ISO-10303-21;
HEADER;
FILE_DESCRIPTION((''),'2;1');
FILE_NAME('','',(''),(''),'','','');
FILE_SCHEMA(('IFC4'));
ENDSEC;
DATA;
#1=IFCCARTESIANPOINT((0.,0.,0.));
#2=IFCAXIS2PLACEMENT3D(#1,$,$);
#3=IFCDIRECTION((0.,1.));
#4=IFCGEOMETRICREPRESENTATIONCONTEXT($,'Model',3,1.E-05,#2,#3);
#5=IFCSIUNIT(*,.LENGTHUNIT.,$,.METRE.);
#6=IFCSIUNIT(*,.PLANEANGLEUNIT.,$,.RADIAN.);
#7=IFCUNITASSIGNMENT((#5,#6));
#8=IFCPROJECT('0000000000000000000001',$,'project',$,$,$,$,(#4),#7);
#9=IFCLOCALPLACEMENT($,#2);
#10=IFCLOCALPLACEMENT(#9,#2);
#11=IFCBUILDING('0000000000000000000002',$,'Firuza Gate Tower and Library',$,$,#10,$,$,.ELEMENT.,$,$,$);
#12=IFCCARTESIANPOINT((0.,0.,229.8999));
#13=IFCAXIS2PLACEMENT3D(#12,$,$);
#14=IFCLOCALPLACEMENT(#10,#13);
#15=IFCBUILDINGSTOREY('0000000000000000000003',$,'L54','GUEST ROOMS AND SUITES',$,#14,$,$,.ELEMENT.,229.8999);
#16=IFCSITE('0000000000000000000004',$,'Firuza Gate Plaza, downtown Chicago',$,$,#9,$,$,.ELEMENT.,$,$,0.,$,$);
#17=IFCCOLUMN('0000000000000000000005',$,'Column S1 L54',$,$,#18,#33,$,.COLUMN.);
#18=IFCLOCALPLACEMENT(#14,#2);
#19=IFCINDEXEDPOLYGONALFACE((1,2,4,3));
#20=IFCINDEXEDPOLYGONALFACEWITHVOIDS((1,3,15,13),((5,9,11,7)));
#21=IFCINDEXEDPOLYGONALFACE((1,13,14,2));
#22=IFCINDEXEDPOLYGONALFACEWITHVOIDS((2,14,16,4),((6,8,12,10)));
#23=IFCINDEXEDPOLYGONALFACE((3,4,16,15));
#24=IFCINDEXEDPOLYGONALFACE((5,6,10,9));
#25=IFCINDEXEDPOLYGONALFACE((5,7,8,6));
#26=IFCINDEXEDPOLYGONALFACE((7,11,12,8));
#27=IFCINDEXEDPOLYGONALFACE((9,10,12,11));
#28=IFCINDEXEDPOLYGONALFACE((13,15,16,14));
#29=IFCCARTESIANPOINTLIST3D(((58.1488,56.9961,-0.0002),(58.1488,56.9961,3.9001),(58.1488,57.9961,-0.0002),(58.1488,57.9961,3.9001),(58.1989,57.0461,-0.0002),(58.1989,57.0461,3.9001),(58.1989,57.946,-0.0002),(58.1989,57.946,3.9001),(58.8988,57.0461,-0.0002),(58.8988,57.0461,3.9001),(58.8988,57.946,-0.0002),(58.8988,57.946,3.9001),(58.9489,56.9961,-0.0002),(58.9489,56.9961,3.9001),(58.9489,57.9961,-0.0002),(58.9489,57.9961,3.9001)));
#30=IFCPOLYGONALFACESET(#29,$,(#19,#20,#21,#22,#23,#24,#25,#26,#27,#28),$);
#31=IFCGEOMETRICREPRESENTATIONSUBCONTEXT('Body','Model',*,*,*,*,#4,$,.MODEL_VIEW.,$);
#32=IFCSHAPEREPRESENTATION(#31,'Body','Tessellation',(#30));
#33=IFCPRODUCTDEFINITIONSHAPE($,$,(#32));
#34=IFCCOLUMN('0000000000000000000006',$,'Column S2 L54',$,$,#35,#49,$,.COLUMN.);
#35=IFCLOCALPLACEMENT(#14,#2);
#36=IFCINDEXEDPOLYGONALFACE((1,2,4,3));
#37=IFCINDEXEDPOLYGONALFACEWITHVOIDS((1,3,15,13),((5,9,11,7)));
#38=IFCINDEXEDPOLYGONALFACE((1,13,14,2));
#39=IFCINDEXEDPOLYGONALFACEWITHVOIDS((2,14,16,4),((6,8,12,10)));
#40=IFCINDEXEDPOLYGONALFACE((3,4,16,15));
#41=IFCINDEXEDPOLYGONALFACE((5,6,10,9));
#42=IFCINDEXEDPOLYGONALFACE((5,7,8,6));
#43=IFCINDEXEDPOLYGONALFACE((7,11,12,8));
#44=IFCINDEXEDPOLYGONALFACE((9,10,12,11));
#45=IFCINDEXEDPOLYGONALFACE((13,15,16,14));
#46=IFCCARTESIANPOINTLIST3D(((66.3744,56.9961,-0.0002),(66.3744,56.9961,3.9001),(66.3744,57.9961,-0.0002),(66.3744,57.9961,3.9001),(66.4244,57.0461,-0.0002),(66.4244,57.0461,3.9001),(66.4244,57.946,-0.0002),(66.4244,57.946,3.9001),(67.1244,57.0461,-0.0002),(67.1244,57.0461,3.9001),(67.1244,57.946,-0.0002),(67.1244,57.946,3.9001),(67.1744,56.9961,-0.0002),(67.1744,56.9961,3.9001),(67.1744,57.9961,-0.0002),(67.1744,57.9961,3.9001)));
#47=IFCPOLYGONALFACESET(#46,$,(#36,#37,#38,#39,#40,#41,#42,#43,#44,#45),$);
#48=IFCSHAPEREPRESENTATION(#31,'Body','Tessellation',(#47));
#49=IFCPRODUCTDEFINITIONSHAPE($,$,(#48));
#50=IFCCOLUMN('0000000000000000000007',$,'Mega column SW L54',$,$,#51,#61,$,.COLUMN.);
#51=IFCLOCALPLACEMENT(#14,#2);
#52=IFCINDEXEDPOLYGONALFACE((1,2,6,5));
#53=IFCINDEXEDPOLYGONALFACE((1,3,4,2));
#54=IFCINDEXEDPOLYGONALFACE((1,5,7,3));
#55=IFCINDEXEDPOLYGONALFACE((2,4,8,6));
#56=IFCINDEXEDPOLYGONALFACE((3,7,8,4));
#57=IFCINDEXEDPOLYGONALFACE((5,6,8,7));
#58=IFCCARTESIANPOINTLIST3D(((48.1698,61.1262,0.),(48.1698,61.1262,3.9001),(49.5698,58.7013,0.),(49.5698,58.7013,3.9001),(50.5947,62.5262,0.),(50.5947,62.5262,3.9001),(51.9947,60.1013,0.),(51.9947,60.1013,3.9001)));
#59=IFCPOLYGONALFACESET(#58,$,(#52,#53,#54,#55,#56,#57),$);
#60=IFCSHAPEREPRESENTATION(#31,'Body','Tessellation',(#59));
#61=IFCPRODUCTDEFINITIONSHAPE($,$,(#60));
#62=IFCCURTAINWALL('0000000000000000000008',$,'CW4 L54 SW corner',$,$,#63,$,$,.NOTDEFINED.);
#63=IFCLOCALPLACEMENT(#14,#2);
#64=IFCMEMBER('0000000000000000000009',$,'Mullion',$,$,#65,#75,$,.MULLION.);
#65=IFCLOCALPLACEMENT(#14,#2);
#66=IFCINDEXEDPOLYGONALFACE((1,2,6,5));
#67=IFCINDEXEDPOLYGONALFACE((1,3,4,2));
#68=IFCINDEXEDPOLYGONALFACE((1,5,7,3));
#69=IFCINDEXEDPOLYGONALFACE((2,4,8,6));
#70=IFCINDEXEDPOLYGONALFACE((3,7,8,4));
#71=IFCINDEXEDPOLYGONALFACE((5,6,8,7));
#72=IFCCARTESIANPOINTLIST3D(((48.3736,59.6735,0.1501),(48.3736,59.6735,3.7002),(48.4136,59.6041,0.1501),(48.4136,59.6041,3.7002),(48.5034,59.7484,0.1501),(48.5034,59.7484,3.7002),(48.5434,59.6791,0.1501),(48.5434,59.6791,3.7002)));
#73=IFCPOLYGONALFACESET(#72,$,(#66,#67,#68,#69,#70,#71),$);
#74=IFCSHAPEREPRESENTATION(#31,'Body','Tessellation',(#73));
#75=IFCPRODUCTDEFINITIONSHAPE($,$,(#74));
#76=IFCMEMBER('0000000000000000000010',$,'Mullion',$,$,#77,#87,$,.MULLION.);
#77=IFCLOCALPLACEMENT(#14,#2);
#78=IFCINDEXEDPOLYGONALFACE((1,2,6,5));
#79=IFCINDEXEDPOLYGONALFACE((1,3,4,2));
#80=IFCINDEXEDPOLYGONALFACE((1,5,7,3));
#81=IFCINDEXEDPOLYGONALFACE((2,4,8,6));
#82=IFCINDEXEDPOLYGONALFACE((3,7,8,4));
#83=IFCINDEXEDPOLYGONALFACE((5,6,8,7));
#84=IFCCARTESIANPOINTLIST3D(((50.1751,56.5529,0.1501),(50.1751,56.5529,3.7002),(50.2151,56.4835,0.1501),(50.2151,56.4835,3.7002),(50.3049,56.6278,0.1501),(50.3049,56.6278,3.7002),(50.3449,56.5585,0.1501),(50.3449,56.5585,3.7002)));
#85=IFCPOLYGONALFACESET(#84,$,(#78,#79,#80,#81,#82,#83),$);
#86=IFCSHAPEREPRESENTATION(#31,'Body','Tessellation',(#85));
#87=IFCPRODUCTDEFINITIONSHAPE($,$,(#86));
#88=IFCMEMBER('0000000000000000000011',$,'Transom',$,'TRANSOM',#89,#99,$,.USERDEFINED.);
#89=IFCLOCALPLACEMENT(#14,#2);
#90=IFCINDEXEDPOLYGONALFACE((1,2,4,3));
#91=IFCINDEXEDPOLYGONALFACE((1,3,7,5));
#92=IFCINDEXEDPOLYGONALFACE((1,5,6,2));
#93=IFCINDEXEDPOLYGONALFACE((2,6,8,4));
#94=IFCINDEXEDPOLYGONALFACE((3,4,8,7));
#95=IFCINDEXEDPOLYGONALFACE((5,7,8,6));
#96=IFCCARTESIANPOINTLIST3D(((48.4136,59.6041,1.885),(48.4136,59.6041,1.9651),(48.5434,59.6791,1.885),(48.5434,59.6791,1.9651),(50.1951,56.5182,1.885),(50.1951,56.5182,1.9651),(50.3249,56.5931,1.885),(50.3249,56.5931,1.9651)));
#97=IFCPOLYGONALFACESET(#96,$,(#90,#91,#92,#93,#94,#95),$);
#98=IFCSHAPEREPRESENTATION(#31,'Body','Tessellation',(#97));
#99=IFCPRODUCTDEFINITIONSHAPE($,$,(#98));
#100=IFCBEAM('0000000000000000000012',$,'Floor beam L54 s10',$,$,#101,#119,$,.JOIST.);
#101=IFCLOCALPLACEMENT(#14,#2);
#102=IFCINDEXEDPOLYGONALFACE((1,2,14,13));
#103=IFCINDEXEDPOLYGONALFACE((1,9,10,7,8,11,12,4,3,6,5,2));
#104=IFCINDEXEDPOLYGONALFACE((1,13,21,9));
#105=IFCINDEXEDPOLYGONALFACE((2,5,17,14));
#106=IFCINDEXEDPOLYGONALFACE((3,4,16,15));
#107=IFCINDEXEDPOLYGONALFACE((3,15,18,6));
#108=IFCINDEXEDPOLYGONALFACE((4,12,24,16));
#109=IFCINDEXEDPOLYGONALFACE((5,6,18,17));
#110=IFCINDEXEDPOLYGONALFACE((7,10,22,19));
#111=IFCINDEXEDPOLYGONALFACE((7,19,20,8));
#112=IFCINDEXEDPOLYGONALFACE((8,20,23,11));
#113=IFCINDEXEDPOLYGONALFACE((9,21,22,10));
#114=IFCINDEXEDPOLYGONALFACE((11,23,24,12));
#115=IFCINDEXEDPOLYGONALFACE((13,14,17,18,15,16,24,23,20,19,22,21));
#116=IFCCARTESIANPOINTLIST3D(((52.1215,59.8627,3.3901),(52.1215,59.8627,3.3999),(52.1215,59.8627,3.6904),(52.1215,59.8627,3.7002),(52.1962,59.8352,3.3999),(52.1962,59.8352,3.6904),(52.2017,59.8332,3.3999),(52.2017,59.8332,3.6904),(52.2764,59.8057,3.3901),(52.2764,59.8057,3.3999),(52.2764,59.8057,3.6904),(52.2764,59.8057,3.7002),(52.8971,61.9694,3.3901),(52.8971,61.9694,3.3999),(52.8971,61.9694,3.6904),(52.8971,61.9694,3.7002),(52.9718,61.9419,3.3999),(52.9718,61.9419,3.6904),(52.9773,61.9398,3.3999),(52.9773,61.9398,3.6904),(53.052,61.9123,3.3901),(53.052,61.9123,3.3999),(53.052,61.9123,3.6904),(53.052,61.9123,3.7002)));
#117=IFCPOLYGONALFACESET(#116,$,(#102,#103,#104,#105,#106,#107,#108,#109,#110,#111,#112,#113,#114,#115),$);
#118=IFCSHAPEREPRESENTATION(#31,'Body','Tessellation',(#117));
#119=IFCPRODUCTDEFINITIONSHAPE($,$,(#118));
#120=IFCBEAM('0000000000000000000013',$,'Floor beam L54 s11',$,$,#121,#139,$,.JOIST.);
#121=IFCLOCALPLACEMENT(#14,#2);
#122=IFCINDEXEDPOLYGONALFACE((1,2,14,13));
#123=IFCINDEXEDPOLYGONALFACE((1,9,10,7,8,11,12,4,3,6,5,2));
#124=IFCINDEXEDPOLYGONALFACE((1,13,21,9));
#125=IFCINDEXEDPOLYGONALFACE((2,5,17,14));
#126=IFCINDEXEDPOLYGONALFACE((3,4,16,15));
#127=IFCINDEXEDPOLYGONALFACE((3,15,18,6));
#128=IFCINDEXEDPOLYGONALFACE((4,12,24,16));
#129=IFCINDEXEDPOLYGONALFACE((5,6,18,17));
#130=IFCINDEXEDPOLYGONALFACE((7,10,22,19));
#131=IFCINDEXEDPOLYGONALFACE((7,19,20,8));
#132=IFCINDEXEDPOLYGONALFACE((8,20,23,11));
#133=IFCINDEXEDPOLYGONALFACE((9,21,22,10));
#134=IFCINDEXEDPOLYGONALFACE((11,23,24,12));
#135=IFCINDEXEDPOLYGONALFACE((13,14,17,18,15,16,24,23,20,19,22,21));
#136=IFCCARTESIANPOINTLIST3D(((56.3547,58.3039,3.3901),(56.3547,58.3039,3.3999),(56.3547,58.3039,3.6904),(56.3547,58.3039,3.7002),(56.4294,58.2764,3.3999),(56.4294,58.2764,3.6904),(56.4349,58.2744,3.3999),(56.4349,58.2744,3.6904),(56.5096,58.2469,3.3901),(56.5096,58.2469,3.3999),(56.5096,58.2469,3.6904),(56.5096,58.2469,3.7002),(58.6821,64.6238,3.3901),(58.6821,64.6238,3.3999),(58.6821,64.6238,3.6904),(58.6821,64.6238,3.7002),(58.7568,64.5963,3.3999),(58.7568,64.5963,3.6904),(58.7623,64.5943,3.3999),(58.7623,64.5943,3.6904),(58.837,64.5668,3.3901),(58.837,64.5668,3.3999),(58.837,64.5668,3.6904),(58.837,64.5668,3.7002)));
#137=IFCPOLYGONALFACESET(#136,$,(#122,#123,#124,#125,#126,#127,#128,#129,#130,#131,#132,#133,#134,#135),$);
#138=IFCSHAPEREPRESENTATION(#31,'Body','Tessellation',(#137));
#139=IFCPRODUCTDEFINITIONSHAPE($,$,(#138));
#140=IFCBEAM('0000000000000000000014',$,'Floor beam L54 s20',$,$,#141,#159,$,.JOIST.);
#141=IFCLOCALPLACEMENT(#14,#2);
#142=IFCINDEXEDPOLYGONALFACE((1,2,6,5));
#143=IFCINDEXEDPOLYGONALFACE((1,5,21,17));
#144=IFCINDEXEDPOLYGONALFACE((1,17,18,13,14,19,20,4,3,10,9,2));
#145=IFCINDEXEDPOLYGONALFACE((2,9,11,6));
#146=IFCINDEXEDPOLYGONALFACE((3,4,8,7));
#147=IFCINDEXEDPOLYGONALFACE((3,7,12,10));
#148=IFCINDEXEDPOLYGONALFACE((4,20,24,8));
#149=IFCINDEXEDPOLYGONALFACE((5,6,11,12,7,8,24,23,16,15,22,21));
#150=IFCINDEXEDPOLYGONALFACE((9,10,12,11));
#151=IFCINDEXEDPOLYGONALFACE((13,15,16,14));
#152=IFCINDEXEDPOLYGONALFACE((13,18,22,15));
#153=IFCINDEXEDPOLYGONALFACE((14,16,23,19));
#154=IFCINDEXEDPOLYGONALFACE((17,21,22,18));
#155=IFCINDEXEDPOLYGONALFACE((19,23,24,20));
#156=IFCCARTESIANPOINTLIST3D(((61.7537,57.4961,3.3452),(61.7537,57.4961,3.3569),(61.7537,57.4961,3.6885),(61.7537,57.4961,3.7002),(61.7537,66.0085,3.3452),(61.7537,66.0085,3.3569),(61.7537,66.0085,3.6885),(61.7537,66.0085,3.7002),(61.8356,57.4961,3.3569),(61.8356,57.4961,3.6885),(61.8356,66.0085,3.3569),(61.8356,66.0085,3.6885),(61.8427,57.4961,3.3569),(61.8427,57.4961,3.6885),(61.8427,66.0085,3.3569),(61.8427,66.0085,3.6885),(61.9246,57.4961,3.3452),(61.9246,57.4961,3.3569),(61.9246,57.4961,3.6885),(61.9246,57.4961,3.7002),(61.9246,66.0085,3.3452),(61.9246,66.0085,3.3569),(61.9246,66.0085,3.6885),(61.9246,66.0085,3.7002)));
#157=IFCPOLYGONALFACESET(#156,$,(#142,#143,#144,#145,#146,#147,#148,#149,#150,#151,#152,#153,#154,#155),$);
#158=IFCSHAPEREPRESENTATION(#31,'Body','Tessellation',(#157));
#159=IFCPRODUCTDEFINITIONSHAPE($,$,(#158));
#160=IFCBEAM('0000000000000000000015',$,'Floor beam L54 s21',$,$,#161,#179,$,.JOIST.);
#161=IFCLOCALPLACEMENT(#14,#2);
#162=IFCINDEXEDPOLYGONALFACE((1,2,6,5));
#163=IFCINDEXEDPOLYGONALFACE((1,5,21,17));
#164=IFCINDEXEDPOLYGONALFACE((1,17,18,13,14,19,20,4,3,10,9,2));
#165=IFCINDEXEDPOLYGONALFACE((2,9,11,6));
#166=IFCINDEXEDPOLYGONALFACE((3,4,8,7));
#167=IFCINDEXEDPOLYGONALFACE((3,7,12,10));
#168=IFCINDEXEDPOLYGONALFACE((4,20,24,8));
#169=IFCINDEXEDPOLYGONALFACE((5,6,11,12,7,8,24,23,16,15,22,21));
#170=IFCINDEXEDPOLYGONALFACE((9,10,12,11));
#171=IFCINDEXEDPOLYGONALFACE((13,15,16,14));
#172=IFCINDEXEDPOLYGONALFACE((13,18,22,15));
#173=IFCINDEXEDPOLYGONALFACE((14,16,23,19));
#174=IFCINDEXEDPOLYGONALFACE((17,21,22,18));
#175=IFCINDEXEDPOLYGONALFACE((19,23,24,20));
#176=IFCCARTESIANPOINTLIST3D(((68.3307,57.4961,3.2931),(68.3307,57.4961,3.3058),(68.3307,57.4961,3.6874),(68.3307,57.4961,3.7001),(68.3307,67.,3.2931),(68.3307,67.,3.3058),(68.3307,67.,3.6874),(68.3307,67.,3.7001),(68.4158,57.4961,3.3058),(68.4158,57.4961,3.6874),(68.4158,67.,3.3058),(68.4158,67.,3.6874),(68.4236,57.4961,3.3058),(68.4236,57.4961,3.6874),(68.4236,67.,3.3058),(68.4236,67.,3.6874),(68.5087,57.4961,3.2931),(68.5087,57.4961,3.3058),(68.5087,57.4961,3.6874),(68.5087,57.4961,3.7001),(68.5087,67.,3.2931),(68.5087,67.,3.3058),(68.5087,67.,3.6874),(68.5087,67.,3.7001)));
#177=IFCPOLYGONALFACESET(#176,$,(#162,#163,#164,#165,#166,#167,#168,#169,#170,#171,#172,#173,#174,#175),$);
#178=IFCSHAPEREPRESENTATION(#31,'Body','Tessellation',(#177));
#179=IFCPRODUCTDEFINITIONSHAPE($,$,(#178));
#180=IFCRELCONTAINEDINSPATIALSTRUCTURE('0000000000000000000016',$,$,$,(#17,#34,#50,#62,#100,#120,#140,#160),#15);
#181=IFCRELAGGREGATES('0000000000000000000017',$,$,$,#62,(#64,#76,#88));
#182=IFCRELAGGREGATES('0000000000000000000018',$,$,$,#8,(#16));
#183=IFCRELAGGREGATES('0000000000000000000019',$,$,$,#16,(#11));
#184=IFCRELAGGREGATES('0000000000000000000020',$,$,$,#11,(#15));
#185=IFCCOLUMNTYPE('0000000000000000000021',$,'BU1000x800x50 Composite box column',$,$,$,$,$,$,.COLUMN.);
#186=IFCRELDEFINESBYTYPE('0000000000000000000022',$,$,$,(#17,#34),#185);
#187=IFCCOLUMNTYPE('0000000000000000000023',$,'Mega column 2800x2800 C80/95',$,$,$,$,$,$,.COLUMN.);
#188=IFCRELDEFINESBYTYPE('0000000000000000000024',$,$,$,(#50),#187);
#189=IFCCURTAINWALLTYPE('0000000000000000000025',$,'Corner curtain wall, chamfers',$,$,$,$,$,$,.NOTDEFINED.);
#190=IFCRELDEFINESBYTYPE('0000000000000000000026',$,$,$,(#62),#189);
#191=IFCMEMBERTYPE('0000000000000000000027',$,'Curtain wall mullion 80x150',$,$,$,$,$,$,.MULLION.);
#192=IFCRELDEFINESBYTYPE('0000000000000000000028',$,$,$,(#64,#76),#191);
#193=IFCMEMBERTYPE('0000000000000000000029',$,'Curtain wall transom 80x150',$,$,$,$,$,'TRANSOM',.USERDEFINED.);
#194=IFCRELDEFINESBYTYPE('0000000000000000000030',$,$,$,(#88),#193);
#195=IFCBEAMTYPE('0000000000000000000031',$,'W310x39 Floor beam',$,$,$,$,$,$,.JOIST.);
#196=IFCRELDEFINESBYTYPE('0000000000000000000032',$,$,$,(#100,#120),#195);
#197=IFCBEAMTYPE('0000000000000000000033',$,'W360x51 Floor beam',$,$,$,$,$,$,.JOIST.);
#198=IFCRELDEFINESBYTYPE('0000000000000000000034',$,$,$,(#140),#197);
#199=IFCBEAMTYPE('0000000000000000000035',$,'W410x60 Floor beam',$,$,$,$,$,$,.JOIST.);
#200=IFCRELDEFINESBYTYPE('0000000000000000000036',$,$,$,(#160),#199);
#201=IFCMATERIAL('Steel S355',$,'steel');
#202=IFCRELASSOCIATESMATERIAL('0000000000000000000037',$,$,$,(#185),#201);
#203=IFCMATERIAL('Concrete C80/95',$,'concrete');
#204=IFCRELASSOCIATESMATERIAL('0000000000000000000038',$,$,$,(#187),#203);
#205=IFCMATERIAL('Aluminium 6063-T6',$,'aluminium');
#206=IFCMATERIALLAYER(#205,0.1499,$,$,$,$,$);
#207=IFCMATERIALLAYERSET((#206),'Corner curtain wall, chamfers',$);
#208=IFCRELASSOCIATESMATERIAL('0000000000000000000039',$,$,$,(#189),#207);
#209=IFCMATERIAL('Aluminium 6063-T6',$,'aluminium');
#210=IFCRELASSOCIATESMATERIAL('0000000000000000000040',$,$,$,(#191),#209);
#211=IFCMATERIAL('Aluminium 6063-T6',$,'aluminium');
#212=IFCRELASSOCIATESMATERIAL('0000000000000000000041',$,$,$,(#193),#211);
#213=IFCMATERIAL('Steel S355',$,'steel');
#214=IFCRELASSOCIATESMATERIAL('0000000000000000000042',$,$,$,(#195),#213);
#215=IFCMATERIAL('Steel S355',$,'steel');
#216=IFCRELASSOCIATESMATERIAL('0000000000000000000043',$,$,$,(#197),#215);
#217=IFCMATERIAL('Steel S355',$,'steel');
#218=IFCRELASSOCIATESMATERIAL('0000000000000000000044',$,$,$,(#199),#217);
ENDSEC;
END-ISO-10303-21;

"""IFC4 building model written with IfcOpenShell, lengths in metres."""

from ifc_helpers import new_model, si_unit, direction, frame, origin, origin_2d, place, context, subcontext, project, spatial, rectangle, hollow_rectangle, i_section, extrude, material, layer, layer_set, material_profile, profile_set, type_object, element, aggregate, save


model = new_model("IFC4")

# Units and contexts
model_context = context("Model", 3, precision=1e-05, world=origin(), true_north=direction((0.0, 1.0)))
body_context = subcontext(model_context, "Body", "Model", "MODEL_VIEW")
ifc_project = project(units=[si_unit("LENGTHUNIT", "METRE"), si_unit("PLANEANGLEUNIT", "RADIAN")], contexts=[model_context])

# Site, building, storey
site_placement = place(None, origin())
site = spatial("IfcSite", under=ifc_project, at=site_placement, Name="Firuza Gate Plaza, downtown Chicago", CompositionType="ELEMENT", RefElevation=0.0)
building_placement = place(site_placement, origin())
building = spatial("IfcBuilding", under=site, at=building_placement, Name="Firuza Gate Tower and Library", CompositionType="ELEMENT")
storey_placement = place(building_placement, frame((0.0, 0.0, 229.8999)))
storey = spatial("IfcBuildingStorey", under=building, at=storey_placement, Name="L54", Description="GUEST ROOMS AND SUITES", CompositionType="ELEMENT", Elevation=229.8999)

# Columns
ifc_material_1 = material(Name="Steel S355", Category="steel")
ifc_material_profile_1 = material_profile(ifc_material_1, hollow_rectangle(XDim=0.8, YDim=1.0, WallThickness=0.05, at=origin_2d()))
ifc_profile_set_1 = profile_set([ifc_material_profile_1], Name="Steel S355")
column_type_1 = type_object("IfcColumnType", Name="BU1000x800x50 Composite box column", PredefinedType="COLUMN", material=ifc_profile_set_1)
for number, where, z_axis, x_axis, name in (
    (1, (58.5488, 57.4961, -0.0002), (0.0, 0.0, 1.0), (1.0, 0.0, 0.0), "Column S1 L54"),
    (2, (66.7744, 57.4961, -0.0002), (0.0, 0.0, 1.0), (1.0, 0.0, 0.0), "Column S2 L54"),
):
    element("IfcColumn", number, at=place(storey_placement, frame(where, z_axis=z_axis, x_axis=x_axis)), inside=storey, type_object=column_type_1, Name=name, PredefinedType="COLUMN", context=body_context, shape_type="SweptSolid", body=[
        extrude(hollow_rectangle(XDim=0.8, YDim=1.0, WallThickness=0.05, at=origin_2d()), origin(), (0.0, 0.0, 1.0), 3.9004),
    ])
ifc_material_2 = material(Name="Concrete C80/95", Category="concrete")
ifc_material_profile_2 = material_profile(ifc_material_2, rectangle(XDim=2.8, YDim=2.8, at=origin_2d()))
ifc_profile_set_2 = profile_set([ifc_material_profile_2], Name="Concrete C80/95")
column_type_2 = type_object("IfcColumnType", Name="Mega column 2800x2800 C80/95", PredefinedType="COLUMN", material=ifc_profile_set_2)
column_placement = place(storey_placement, frame((50.0823, 60.6138, 0.0), z_axis=(0.0, 0.0, 1.0), x_axis=(0.5, -0.866025, 0.0)))
element("IfcColumn", 3, at=column_placement, inside=storey, type_object=column_type_2, Name="Mega column SW L54", PredefinedType="COLUMN", context=body_context, shape_type="SweptSolid", body=[
    extrude(rectangle(XDim=2.8, YDim=2.8, at=origin_2d()), origin(), (0.0, 0.0, 1.0), 3.9001),
])

# Curtain wall, members
ifc_material_3 = material(Name="Aluminium 6063-T6", Category="aluminium")
ifc_layer_1 = layer(ifc_material_3, 0.1499)
ifc_layer_set_1 = layer_set([ifc_layer_1], Name="Corner curtain wall, chamfers")
curtain_wall_type = type_object("IfcCurtainWallType", Name="Corner curtain wall, chamfers", PredefinedType="NOTDEFINED", material=ifc_layer_set_1)
placement_1 = place(storey_placement, origin())
curtain_wall = element("IfcCurtainWall", 4, at=placement_1, inside=storey, type_object=curtain_wall_type, Name="CW4 L54 SW corner", PredefinedType="NOTDEFINED")
ifc_material_4 = material(Name="Aluminium 6063-T6", Category="aluminium")
ifc_material_profile_3 = material_profile(ifc_material_4, rectangle(XDim=0.1499, YDim=0.0801, at=origin_2d()))
ifc_profile_set_3 = profile_set([ifc_material_profile_3], Name="Aluminium 6063-T6")
member_type_1 = type_object("IfcMemberType", Name="Curtain wall mullion 80x150", PredefinedType="MULLION", material=ifc_profile_set_3)
member_1_placement = place(storey_placement, frame((48.4585, 59.6763, 0.1501), z_axis=(0.0, 0.0, 1.0), x_axis=(0.866025, 0.5, 0.0)))
member_1 = element("IfcMember", 5, at=member_1_placement, type_object=member_type_1, Name="Mullion", PredefinedType="MULLION", context=body_context, shape_type="SweptSolid", body=[
    extrude(rectangle(XDim=0.1499, YDim=0.0801, at=origin_2d()), origin(), (0.0, 0.0, 1.0), 3.55),
])
member_2_placement = place(storey_placement, frame((50.26, 56.5557, 0.1501), z_axis=(0.0, 0.0, 1.0), x_axis=(0.866025, 0.5, 0.0)))
member_2 = element("IfcMember", 6, at=member_2_placement, type_object=member_type_1, Name="Mullion", PredefinedType="MULLION", context=body_context, shape_type="SweptSolid", body=[
    extrude(rectangle(XDim=0.1499, YDim=0.0801, at=origin_2d()), origin(), (0.0, 0.0, 1.0), 3.55),
])
ifc_material_5 = material(Name="Aluminium 6063-T6", Category="aluminium")
ifc_material_profile_4 = material_profile(ifc_material_5, rectangle(XDim=0.1499, YDim=0.0801, at=origin_2d()))
ifc_profile_set_4 = profile_set([ifc_material_profile_4], Name="Aluminium 6063-T6")
member_type_2 = type_object("IfcMemberType", Name="Curtain wall transom 80x150", ElementType="TRANSOM", PredefinedType="USERDEFINED", material=ifc_profile_set_4)
member_3_placement = place(storey_placement, frame((48.4785, 59.6416, 1.925), z_axis=(0.499964, -0.866046, 0.0), x_axis=(0.866046, 0.499964, 0.0)))
member_3 = element("IfcMember", 7, at=member_3_placement, type_object=member_type_2, Name="Transom", ObjectType="TRANSOM", PredefinedType="USERDEFINED", context=body_context, shape_type="SweptSolid", body=[
    extrude(rectangle(XDim=0.1499, YDim=0.0801, at=origin_2d()), origin(), (0.0, 0.0, 1.0), 3.5632),
])

# Beams
ifc_material_6 = material(Name="Steel S355", Category="steel")
ifc_material_profile_5 = material_profile(ifc_material_6, i_section(OverallWidth=0.165, OverallDepth=0.3101, WebThickness=0.0059, FlangeThickness=0.0098, at=origin_2d()))
ifc_profile_set_5 = profile_set([ifc_material_profile_5], Name="Steel S355")
beam_type_1 = type_object("IfcBeamType", Name="W310x39 Floor beam", PredefinedType="JOIST", material=ifc_profile_set_5)
beam_1_placement = place(storey_placement, frame((52.199, 59.8342, 3.5452), z_axis=(0.345504, 0.938417, 0.0), x_axis=(-0.938417, 0.345504, 0.0)))
element("IfcBeam", 8, at=beam_1_placement, inside=storey, type_object=beam_type_1, Name="Floor beam L54 s10", PredefinedType="JOIST", context=body_context, shape_type="SweptSolid", body=[
    extrude(i_section(OverallWidth=0.165, OverallDepth=0.3101, WebThickness=0.0059, FlangeThickness=0.0098, at=origin_2d()), origin(), (0.0, 0.0, 1.0), 2.2449),
])
beam_2_placement = place(storey_placement, frame((56.4321, 58.2754, 3.5452), z_axis=(0.345579, 0.93839, 0.0), x_axis=(-0.93839, 0.345579, 0.0)))
element("IfcBeam", 9, at=beam_2_placement, inside=storey, type_object=beam_type_1, Name="Floor beam L54 s11", PredefinedType="JOIST", context=body_context, shape_type="SweptSolid", body=[
    extrude(i_section(OverallWidth=0.165, OverallDepth=0.3101, WebThickness=0.0059, FlangeThickness=0.0098, at=origin_2d()), origin(), (0.0, 0.0, 1.0), 6.7349),
])
ifc_material_7 = material(Name="Steel S355", Category="steel")
ifc_material_profile_6 = material_profile(ifc_material_7, i_section(OverallWidth=0.1709, OverallDepth=0.355, WebThickness=0.0071, FlangeThickness=0.0117, at=origin_2d()))
ifc_profile_set_6 = profile_set([ifc_material_profile_6], Name="Steel S355")
beam_type_2 = type_object("IfcBeamType", Name="W360x51 Floor beam", PredefinedType="JOIST", material=ifc_profile_set_6)
beam_3_placement = place(storey_placement, frame((61.8391, 57.4961, 3.5227), z_axis=(0.0, 1.0, 0.0), x_axis=(-1.0, 0.0, 0.0)))
element("IfcBeam", 10, at=beam_3_placement, inside=storey, type_object=beam_type_2, Name="Floor beam L54 s20", PredefinedType="JOIST", context=body_context, shape_type="SweptSolid", body=[
    extrude(i_section(OverallWidth=0.1709, OverallDepth=0.355, WebThickness=0.0071, FlangeThickness=0.0117, at=origin_2d()), origin(), (0.0, 0.0, 1.0), 8.5125),
])
ifc_material_8 = material(Name="Steel S355", Category="steel")
ifc_material_profile_7 = material_profile(ifc_material_8, i_section(OverallWidth=0.178, OverallDepth=0.407, WebThickness=0.0078, FlangeThickness=0.0127, at=origin_2d()))
ifc_profile_set_7 = profile_set([ifc_material_profile_7], Name="Steel S355")
beam_type_3 = type_object("IfcBeamType", Name="W410x60 Floor beam", PredefinedType="JOIST", material=ifc_profile_set_7)
beam_4_placement = place(storey_placement, frame((68.4197, 57.4961, 3.4966), z_axis=(0.0, 1.0, 0.0), x_axis=(-1.0, 0.0, 0.0)))
element("IfcBeam", 11, at=beam_4_placement, inside=storey, type_object=beam_type_3, Name="Floor beam L54 s21", PredefinedType="JOIST", context=body_context, shape_type="SweptSolid", body=[
    extrude(i_section(OverallWidth=0.178, OverallDepth=0.407, WebThickness=0.0078, FlangeThickness=0.0127, at=origin_2d()), origin(), (0.0, 0.0, 1.0), 9.5039),
])

aggregate(curtain_wall, [member_1, member_2, member_3])

save(model, "model.ifc")
